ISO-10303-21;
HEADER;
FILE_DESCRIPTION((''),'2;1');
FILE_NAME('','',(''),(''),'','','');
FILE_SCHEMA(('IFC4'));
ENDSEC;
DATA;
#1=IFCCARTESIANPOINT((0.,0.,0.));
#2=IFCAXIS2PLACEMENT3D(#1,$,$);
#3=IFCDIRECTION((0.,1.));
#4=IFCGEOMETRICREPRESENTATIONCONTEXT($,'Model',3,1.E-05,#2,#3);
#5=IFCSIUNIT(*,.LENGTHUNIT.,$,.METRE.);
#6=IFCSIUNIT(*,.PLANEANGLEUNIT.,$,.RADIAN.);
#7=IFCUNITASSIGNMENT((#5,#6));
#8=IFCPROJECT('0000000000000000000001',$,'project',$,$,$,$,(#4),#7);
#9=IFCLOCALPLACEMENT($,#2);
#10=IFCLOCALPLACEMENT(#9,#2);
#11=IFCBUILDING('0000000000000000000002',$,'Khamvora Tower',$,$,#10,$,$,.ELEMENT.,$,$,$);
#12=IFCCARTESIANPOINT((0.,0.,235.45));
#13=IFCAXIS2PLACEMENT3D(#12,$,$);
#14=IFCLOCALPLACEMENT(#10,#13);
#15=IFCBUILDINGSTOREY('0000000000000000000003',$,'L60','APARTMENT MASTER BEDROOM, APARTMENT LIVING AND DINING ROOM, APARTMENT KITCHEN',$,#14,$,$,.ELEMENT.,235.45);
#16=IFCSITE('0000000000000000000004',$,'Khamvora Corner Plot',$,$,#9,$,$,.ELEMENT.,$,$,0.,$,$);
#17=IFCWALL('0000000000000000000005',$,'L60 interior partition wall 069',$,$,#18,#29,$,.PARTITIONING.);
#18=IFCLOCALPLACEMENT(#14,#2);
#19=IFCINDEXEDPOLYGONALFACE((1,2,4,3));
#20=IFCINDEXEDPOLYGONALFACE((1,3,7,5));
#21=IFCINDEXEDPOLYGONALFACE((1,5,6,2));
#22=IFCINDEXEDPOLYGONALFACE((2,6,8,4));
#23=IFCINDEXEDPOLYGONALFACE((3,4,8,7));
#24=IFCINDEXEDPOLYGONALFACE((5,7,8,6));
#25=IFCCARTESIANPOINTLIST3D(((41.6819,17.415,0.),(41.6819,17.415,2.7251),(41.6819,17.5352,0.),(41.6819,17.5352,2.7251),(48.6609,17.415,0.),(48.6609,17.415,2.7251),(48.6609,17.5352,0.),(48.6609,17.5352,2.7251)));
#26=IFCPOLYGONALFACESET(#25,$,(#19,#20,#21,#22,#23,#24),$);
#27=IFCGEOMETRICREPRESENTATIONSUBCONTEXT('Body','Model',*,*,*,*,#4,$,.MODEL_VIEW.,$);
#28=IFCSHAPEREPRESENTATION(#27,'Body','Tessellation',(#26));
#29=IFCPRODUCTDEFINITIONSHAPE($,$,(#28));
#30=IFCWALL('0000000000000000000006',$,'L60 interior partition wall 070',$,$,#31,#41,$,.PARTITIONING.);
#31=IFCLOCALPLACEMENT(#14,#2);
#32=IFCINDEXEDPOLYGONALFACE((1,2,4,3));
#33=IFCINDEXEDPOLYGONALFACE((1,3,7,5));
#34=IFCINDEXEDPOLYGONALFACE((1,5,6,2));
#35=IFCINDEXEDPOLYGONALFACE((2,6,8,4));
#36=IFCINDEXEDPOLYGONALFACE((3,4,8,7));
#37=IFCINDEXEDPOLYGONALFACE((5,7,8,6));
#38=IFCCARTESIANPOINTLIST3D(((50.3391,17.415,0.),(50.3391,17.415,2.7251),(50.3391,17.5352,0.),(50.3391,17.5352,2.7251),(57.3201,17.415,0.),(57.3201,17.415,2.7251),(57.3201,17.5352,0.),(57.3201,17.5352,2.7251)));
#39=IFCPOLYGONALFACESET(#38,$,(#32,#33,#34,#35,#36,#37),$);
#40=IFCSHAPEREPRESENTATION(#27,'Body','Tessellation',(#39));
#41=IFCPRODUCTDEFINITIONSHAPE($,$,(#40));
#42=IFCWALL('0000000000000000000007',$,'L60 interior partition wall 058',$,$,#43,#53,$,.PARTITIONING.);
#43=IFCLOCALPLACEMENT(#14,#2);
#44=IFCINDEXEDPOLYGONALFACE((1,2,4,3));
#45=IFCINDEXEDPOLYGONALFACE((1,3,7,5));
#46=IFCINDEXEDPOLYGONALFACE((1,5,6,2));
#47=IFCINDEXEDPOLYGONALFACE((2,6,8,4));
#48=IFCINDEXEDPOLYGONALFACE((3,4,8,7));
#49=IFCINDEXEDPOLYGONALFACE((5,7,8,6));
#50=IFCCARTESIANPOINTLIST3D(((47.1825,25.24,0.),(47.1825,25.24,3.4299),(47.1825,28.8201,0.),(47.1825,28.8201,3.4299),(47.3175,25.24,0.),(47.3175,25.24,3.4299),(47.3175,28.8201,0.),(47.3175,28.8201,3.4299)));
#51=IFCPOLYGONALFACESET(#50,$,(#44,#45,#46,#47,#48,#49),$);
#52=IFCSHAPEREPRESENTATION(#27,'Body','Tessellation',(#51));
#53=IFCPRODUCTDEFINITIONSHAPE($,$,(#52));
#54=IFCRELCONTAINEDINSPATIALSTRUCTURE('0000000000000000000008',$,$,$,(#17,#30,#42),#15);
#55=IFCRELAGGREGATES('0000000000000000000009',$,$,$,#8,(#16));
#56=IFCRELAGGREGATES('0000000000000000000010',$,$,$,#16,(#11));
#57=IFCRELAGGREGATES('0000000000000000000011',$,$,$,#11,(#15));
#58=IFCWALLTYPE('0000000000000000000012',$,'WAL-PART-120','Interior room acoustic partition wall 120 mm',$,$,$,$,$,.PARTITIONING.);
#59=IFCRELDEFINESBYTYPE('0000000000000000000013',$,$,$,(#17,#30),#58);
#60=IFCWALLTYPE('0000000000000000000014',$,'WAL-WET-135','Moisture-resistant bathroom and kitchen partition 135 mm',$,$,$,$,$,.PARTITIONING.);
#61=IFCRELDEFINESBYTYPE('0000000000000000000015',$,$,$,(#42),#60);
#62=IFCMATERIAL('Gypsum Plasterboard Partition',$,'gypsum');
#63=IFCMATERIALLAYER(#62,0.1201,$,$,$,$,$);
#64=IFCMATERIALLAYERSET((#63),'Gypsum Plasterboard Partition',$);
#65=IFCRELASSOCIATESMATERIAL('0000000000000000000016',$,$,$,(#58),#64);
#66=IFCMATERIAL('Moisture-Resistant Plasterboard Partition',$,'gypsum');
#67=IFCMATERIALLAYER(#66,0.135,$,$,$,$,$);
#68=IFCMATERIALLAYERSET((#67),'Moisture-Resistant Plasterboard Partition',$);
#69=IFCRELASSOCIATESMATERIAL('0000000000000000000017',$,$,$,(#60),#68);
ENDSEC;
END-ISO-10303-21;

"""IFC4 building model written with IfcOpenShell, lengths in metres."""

from ifc_helpers import new_model, si_unit, direction, frame, frame_2d, origin, place, context, subcontext, project, spatial, rectangle, extrude, material, layer, layer_set, type_object, element, save


model = new_model("IFC4")

# Units and contexts
model_context = context("Model", 3, precision=1e-05, world=origin(), true_north=direction((0.0, 1.0)))
body_context = subcontext(model_context, "Body", "Model", "MODEL_VIEW")
ifc_project = project(units=[si_unit("LENGTHUNIT", "METRE"), si_unit("PLANEANGLEUNIT", "RADIAN")], contexts=[model_context])

# Site, building, storey
site_placement = place(None, origin())
site = spatial("IfcSite", under=ifc_project, at=site_placement, Name="Khamvora Corner Plot", CompositionType="ELEMENT", RefElevation=0.0)
building_placement = place(site_placement, origin())
building = spatial("IfcBuilding", under=site, at=building_placement, Name="Khamvora Tower", CompositionType="ELEMENT")
storey_placement = place(building_placement, frame((0.0, 0.0, 235.45)))
storey = spatial("IfcBuildingStorey", under=building, at=storey_placement, Name="L60", Description="APARTMENT MASTER BEDROOM, APARTMENT LIVING AND DINING ROOM, APARTMENT KITCHEN", CompositionType="ELEMENT", Elevation=235.45)

# Shared definitions
ifc_material_1 = material(Name="Gypsum Plasterboard Partition", Category="gypsum")
ifc_layer_1 = layer(ifc_material_1, 0.1201)
ifc_layer_set_1 = layer_set([ifc_layer_1], Name="Gypsum Plasterboard Partition")
wall_type_1 = type_object("IfcWallType", Name="WAL-PART-120", Description="Interior room acoustic partition wall 120 mm", PredefinedType="PARTITIONING", material=ifc_layer_set_1)

# Walls
wall_1_placement = place(storey_placement, frame((41.6819, 17.4751, 0.0), z_axis=(0.0, 0.0, 1.0), x_axis=(1.0, 0.0, 0.0)))
element("IfcWall", 1, at=wall_1_placement, inside=storey, type_object=wall_type_1, Name="L60 interior partition wall 069", PredefinedType="PARTITIONING", context=body_context, shape_type="SweptSolid", body=[
    extrude(rectangle(XDim=6.979, YDim=0.1201, at=frame_2d((3.4895, 0.0))), origin(), (0.0, 0.0, 1.0), 2.7251),
])
wall_2_placement = place(storey_placement, frame((50.3391, 17.4751, 0.0), z_axis=(0.0, 0.0, 1.0), x_axis=(1.0, 0.0, 0.0)))
element("IfcWall", 2, at=wall_2_placement, inside=storey, type_object=wall_type_1, Name="L60 interior partition wall 070", PredefinedType="PARTITIONING", context=body_context, shape_type="SweptSolid", body=[
    extrude(rectangle(XDim=6.981, YDim=0.1201, at=frame_2d((3.4905, 0.0))), origin(), (0.0, 0.0, 1.0), 2.7251),
])
ifc_material_2 = material(Name="Moisture-Resistant Plasterboard Partition", Category="gypsum")
ifc_layer_2 = layer(ifc_material_2, 0.135)
ifc_layer_set_2 = layer_set([ifc_layer_2], Name="Moisture-Resistant Plasterboard Partition")
wall_type_2 = type_object("IfcWallType", Name="WAL-WET-135", Description="Moisture-resistant bathroom and kitchen partition 135 mm", PredefinedType="PARTITIONING", material=ifc_layer_set_2)
wall_3_placement = place(storey_placement, frame((47.25, 25.24, 0.0), z_axis=(0.0, 0.0, 1.0), x_axis=(0.0, 1.0, 0.0)))
element("IfcWall", 3, at=wall_3_placement, inside=storey, type_object=wall_type_2, Name="L60 interior partition wall 058", PredefinedType="PARTITIONING", context=body_context, shape_type="SweptSolid", body=[
    extrude(rectangle(XDim=3.5801, YDim=0.135, at=frame_2d((1.79, 0.0))), origin(), (0.0, 0.0, 1.0), 3.4299),
])

save(model, "model.ifc")
